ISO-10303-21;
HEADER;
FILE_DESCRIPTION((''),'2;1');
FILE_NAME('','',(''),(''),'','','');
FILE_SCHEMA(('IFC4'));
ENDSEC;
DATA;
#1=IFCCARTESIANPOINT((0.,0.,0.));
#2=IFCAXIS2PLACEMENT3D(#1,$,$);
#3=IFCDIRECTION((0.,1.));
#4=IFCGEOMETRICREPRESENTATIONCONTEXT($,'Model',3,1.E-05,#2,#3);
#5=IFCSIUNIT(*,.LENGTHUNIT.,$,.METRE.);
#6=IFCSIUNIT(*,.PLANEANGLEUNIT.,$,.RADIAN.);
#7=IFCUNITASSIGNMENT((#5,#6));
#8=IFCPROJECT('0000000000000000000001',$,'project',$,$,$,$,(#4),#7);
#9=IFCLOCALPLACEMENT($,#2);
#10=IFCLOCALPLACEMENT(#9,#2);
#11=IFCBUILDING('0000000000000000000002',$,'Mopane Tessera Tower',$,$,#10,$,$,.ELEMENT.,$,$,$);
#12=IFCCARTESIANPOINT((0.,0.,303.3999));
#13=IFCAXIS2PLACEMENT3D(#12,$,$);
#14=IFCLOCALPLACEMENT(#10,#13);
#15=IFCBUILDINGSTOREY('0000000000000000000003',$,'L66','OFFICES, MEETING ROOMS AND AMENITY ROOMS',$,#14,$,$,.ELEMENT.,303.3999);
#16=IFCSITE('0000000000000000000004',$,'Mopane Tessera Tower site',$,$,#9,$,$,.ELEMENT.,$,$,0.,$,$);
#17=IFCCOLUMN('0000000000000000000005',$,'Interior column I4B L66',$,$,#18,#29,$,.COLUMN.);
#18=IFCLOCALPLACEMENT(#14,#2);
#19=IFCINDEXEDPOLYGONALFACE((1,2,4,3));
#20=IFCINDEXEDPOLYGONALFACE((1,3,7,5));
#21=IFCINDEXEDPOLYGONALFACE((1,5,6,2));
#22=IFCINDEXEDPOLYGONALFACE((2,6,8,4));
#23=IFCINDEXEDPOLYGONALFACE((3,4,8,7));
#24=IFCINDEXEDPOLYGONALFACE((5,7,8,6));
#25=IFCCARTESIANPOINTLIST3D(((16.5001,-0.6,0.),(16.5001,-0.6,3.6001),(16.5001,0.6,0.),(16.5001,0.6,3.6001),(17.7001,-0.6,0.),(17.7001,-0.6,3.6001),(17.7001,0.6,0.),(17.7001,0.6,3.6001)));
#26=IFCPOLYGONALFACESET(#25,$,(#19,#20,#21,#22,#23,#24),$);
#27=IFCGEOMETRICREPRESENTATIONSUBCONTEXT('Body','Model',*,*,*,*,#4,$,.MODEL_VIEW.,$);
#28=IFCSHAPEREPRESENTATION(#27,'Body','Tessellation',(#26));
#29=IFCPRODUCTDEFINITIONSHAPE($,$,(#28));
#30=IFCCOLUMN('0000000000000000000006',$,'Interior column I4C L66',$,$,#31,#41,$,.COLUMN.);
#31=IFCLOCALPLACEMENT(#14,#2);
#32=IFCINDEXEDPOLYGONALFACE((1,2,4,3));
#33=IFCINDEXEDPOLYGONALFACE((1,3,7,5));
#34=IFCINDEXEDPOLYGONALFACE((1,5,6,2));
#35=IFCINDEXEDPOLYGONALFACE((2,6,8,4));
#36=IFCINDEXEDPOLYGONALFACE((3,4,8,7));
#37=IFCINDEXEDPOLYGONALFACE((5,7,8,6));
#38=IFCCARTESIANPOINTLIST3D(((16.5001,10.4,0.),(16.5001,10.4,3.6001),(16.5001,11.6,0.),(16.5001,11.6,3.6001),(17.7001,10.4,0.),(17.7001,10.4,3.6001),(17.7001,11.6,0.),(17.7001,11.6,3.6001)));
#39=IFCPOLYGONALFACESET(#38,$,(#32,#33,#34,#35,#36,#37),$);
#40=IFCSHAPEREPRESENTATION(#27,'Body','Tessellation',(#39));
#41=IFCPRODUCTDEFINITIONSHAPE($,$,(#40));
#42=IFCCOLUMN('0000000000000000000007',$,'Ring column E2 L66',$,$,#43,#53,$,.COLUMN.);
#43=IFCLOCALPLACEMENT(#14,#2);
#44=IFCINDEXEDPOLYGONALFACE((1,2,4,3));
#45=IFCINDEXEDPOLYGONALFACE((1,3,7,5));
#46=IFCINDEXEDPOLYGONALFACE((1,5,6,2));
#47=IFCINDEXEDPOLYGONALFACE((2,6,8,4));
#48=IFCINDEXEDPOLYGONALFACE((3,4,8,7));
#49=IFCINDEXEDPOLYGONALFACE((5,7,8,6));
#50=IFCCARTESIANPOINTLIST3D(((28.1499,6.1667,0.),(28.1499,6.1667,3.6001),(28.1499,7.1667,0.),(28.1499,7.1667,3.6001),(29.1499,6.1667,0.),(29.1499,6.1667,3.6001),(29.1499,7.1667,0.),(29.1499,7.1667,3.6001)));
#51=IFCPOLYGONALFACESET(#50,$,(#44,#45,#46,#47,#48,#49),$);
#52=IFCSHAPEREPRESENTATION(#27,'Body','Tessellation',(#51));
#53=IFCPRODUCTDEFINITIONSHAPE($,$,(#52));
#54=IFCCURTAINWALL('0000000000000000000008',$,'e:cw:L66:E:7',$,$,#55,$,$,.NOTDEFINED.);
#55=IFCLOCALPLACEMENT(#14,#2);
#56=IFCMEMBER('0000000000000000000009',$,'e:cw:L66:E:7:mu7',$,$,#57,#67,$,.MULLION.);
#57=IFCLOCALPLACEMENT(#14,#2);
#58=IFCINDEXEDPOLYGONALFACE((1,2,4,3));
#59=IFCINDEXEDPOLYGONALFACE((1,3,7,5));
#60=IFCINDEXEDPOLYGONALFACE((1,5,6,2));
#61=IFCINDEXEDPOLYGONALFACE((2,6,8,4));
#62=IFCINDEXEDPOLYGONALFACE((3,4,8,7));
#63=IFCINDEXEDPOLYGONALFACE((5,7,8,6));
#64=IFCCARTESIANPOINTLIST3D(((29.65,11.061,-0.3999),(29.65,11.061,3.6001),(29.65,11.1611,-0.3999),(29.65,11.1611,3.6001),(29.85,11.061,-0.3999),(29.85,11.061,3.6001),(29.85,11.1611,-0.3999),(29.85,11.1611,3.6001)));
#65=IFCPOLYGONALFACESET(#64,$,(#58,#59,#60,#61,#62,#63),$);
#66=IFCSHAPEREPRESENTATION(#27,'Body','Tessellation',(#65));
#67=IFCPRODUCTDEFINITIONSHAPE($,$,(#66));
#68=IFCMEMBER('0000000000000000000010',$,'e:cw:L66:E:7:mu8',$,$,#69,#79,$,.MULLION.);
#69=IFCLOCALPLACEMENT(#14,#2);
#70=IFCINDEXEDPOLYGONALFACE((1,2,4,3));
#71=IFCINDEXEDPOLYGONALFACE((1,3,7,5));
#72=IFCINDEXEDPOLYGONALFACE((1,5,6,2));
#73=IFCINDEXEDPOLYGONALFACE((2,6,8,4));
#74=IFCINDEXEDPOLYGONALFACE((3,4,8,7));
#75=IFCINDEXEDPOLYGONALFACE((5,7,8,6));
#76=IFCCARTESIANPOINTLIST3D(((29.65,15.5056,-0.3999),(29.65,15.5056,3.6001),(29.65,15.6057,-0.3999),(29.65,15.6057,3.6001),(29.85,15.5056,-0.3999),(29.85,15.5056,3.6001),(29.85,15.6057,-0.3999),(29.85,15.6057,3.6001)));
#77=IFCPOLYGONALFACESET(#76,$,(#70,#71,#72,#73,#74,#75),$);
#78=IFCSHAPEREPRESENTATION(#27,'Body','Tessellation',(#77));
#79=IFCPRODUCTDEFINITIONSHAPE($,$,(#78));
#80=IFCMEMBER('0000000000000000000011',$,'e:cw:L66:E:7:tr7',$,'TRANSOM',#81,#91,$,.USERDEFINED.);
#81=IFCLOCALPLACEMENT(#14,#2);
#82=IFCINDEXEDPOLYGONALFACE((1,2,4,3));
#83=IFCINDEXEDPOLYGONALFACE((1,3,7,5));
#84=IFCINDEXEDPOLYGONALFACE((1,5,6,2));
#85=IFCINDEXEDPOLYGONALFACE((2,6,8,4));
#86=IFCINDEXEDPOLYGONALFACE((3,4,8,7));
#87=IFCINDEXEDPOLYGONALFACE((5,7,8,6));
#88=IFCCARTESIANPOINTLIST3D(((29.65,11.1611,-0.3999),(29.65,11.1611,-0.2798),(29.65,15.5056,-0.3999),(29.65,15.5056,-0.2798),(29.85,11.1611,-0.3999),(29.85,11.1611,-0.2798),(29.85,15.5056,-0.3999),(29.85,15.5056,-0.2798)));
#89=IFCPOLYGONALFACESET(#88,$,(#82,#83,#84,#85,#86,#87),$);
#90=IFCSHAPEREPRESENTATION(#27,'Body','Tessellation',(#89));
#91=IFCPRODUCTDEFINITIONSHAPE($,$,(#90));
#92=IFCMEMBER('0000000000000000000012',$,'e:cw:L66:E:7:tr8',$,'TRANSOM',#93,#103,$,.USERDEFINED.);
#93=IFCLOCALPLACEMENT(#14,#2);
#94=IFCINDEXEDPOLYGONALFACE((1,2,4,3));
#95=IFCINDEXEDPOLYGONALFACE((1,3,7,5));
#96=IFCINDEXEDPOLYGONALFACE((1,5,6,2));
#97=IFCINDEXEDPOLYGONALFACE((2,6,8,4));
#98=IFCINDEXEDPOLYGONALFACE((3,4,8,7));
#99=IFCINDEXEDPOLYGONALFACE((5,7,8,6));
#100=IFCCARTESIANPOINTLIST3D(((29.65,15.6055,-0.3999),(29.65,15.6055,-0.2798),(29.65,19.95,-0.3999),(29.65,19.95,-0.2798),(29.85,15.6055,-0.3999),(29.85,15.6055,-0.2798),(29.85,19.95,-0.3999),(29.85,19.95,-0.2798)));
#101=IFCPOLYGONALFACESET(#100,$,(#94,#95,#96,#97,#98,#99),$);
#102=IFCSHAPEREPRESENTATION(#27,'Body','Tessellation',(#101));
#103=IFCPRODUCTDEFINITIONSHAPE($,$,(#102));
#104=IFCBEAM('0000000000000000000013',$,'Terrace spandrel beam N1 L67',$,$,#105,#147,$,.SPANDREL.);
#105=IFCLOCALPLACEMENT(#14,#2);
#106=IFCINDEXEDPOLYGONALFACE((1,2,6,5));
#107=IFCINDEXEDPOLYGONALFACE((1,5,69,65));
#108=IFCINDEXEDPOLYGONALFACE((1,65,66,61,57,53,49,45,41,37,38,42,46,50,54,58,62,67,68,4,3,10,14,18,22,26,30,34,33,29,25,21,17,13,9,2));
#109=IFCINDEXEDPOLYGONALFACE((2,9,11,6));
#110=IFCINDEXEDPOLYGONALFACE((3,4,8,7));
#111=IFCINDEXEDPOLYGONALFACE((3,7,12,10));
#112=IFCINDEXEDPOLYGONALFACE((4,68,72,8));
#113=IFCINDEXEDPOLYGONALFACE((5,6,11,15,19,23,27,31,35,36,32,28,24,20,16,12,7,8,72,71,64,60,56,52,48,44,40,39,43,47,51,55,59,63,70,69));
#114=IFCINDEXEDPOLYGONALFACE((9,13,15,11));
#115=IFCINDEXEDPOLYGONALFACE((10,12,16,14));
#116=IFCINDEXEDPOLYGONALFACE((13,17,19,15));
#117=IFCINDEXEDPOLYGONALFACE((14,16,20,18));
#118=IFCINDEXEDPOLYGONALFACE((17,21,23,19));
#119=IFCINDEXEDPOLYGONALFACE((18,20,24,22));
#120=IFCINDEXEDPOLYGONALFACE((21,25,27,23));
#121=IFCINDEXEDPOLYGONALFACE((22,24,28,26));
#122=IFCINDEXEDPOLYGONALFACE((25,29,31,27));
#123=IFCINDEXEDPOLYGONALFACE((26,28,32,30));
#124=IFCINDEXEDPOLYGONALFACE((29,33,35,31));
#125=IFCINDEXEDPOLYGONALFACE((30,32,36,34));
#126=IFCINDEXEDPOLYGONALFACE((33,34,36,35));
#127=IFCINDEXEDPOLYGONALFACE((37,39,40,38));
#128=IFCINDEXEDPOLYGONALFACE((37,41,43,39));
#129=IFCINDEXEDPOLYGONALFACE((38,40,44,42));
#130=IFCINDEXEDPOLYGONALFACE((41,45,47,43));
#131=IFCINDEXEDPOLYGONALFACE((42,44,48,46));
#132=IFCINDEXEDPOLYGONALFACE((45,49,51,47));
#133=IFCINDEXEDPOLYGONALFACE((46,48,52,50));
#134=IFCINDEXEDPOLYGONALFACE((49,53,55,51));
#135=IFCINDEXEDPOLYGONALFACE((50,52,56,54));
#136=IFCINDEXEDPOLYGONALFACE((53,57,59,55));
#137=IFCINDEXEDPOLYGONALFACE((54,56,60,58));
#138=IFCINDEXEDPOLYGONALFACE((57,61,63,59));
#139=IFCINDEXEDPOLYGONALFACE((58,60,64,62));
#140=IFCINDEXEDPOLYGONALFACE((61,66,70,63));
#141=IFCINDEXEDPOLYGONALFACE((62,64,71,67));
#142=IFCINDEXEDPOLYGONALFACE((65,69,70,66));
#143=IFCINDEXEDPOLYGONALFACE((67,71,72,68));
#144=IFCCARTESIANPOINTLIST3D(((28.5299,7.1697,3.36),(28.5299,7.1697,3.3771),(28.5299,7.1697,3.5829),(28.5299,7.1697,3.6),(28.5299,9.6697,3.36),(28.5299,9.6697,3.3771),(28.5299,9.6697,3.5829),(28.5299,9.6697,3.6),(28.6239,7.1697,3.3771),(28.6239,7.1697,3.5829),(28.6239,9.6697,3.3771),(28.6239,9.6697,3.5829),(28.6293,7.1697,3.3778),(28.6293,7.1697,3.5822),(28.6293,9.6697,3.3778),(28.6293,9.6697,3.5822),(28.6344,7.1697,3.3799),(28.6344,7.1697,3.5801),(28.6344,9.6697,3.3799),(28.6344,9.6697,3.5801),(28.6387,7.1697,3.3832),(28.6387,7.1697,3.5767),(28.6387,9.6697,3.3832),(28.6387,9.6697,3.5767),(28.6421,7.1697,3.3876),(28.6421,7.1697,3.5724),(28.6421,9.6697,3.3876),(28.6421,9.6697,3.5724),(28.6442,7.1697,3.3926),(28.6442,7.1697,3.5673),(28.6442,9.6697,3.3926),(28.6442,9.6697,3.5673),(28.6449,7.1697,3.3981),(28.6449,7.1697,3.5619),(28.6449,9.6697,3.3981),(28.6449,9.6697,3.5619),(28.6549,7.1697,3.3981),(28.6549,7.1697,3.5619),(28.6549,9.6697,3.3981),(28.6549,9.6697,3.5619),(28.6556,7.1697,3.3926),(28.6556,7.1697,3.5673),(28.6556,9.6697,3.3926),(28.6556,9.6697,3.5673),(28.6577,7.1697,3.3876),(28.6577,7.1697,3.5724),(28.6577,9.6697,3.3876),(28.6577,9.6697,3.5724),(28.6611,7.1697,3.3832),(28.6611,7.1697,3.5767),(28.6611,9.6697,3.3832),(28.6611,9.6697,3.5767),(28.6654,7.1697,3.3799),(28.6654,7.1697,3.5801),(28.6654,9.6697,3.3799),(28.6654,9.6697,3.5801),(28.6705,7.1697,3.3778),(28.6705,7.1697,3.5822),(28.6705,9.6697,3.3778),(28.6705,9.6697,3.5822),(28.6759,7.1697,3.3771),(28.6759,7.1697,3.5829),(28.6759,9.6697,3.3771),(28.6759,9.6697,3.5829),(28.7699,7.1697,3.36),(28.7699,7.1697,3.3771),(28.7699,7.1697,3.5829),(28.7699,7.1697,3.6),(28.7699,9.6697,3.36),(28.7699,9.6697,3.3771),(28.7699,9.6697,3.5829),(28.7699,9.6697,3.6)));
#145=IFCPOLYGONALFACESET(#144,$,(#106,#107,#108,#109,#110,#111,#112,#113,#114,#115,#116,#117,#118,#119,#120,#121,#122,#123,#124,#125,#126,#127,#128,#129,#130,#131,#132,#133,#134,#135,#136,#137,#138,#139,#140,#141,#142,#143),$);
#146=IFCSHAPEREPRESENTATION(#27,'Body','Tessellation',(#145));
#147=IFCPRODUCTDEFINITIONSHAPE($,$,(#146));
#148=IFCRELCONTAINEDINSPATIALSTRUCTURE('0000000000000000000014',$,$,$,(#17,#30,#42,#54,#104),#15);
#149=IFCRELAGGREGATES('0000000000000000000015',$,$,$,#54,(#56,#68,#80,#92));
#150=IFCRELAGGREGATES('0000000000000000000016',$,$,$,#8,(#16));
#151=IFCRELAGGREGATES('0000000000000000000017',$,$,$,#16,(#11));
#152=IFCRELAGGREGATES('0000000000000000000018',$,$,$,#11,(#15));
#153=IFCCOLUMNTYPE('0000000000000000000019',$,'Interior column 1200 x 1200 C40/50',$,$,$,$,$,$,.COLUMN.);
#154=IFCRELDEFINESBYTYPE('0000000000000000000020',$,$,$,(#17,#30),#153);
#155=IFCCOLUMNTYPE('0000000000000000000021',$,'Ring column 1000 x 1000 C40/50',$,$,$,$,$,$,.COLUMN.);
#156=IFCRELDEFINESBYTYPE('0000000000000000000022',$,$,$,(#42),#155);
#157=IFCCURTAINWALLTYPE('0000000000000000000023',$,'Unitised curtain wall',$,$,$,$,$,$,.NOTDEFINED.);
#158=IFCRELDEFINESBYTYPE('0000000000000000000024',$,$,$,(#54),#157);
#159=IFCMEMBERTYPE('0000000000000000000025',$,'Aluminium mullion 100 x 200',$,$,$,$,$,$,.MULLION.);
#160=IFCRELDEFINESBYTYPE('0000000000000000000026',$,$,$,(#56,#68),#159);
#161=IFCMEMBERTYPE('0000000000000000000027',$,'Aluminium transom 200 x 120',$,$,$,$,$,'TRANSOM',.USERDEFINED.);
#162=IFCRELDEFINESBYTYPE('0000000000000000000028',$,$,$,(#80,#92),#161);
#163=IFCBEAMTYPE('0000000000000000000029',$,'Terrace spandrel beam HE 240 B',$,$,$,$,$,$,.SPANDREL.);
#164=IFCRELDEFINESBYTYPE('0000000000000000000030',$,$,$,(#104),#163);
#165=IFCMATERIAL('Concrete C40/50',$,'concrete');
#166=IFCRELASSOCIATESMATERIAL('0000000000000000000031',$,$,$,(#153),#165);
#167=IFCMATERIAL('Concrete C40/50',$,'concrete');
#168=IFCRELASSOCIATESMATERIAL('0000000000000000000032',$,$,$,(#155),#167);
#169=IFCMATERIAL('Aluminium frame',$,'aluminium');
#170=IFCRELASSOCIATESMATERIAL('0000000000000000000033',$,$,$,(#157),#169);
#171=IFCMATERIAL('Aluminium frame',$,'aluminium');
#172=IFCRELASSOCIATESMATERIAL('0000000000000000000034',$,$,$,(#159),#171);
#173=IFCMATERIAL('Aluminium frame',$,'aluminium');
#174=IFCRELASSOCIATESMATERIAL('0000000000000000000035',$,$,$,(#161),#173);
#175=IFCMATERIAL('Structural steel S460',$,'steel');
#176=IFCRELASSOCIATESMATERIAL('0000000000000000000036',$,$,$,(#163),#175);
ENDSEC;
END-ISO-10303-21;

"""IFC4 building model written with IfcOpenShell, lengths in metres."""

from ifc_helpers import new_model, si_unit, direction, frame, origin, origin_2d, place, context, subcontext, project, spatial, rectangle, i_section, extrude, material, material_profile, profile_set, type_object, element, aggregate, save


model = new_model("IFC4")

# Units and contexts
model_context = context("Model", 3, precision=1e-05, world=origin(), true_north=direction((0.0, 1.0)))
body_context = subcontext(model_context, "Body", "Model", "MODEL_VIEW")
ifc_project = project(units=[si_unit("LENGTHUNIT", "METRE"), si_unit("PLANEANGLEUNIT", "RADIAN")], contexts=[model_context])

# Site, building, storey
site_placement = place(None, origin())
site = spatial("IfcSite", under=ifc_project, at=site_placement, Name="Mopane Tessera Tower site", CompositionType="ELEMENT", RefElevation=0.0)
building_placement = place(site_placement, origin())
building = spatial("IfcBuilding", under=site, at=building_placement, Name="Mopane Tessera Tower", CompositionType="ELEMENT")
storey_placement = place(building_placement, frame((0.0, 0.0, 303.3999)))
storey = spatial("IfcBuildingStorey", under=building, at=storey_placement, Name="L66", Description="OFFICES, MEETING ROOMS AND AMENITY ROOMS", CompositionType="ELEMENT", Elevation=303.3999)

# Columns
ifc_material_1 = material(Name="Concrete C40/50", Category="concrete")
ifc_material_profile_1 = material_profile(ifc_material_1, rectangle(XDim=1.2, YDim=1.2, at=origin_2d()))
ifc_profile_set_1 = profile_set([ifc_material_profile_1], Name="Concrete C40/50")
column_type_1 = type_object("IfcColumnType", Name="Interior column 1200 x 1200 C40/50", PredefinedType="COLUMN", material=ifc_profile_set_1)
for number, where, z_axis, x_axis, name in (
    (1, (17.1001, 0.0, 0.0), (0.0, 0.0, 1.0), (1.0, 0.0, 0.0), "Interior column I4B L66"),
    (2, (17.1001, 11.0, 0.0), (0.0, 0.0, 1.0), (1.0, 0.0, 0.0), "Interior column I4C L66"),
):
    element("IfcColumn", number, at=place(storey_placement, frame(where, z_axis=z_axis, x_axis=x_axis)), inside=storey, type_object=column_type_1, Name=name, PredefinedType="COLUMN", context=body_context, shape_type="SweptSolid", body=[
        extrude(rectangle(XDim=1.2, YDim=1.2, at=origin_2d()), origin(), (0.0, 0.0, 1.0), 3.6001),
    ])
ifc_material_2 = material(Name="Concrete C40/50", Category="concrete")
ifc_material_profile_2 = material_profile(ifc_material_2, rectangle(XDim=1.0, YDim=1.0, at=origin_2d()))
ifc_profile_set_2 = profile_set([ifc_material_profile_2], Name="Concrete C40/50")
column_type_2 = type_object("IfcColumnType", Name="Ring column 1000 x 1000 C40/50", PredefinedType="COLUMN", material=ifc_profile_set_2)
column_placement = place(storey_placement, frame((28.6499, 6.6667, 0.0), z_axis=(0.0, 0.0, 1.0), x_axis=(1.0, 0.0, 0.0)))
element("IfcColumn", 3, at=column_placement, inside=storey, type_object=column_type_2, Name="Ring column E2 L66", PredefinedType="COLUMN", context=body_context, shape_type="SweptSolid", body=[
    extrude(rectangle(XDim=1.0, YDim=1.0, at=origin_2d()), origin(), (0.0, 0.0, 1.0), 3.6001),
])

# Curtain wall, members
ifc_material_3 = material(Name="Aluminium frame", Category="aluminium")
curtain_wall_type = type_object("IfcCurtainWallType", Name="Unitised curtain wall", PredefinedType="NOTDEFINED", material=ifc_material_3)
curtain_wall_placement = place(storey_placement, origin())
curtain_wall = element("IfcCurtainWall", 4, at=curtain_wall_placement, inside=storey, type_object=curtain_wall_type, Name="e:cw:L66:E:7", PredefinedType="NOTDEFINED")
ifc_material_4 = material(Name="Aluminium frame", Category="aluminium")
ifc_material_profile_3 = material_profile(ifc_material_4, rectangle(XDim=0.1001, YDim=0.2, at=origin_2d()))
ifc_profile_set_3 = profile_set([ifc_material_profile_3], Name="Aluminium frame")
member_type_1 = type_object("IfcMemberType", Name="Aluminium mullion 100 x 200", PredefinedType="MULLION", material=ifc_profile_set_3)
member_1_placement = place(storey_placement, frame((29.75, 11.1111, -0.3999), z_axis=(0.0, 0.0, 1.0), x_axis=(0.0, 1.0, 0.0)))
member_1 = element("IfcMember", 5, at=member_1_placement, type_object=member_type_1, Name="e:cw:L66:E:7:mu7", PredefinedType="MULLION", context=body_context, shape_type="SweptSolid", body=[
    extrude(rectangle(XDim=0.1001, YDim=0.2, at=origin_2d()), origin(), (0.0, 0.0, 1.0), 4.0),
])
member_2_placement = place(storey_placement, frame((29.75, 15.5557, -0.3999), z_axis=(0.0, 0.0, 1.0), x_axis=(0.0, 1.0, 0.0)))
member_2 = element("IfcMember", 6, at=member_2_placement, type_object=member_type_1, Name="e:cw:L66:E:7:mu8", PredefinedType="MULLION", context=body_context, shape_type="SweptSolid", body=[
    extrude(rectangle(XDim=0.1001, YDim=0.2, at=origin_2d()), origin(), (0.0, 0.0, 1.0), 4.0),
])
ifc_material_5 = material(Name="Aluminium frame", Category="aluminium")
ifc_material_profile_4 = material_profile(ifc_material_5, rectangle(XDim=0.2, YDim=0.1201, at=origin_2d()))
ifc_profile_set_4 = profile_set([ifc_material_profile_4], Name="Aluminium frame")
member_type_2 = type_object("IfcMemberType", Name="Aluminium transom 200 x 120", ElementType="TRANSOM", PredefinedType="USERDEFINED", material=ifc_profile_set_4)
member_3_placement = place(storey_placement, frame((29.75, 11.1611, -0.3398), z_axis=(0.0, 1.0, 0.0), x_axis=(-1.0, 0.0, 0.0)))
member_3 = element("IfcMember", 7, at=member_3_placement, type_object=member_type_2, Name="e:cw:L66:E:7:tr7", ObjectType="TRANSOM", PredefinedType="USERDEFINED", context=body_context, shape_type="SweptSolid", body=[
    extrude(rectangle(XDim=0.2, YDim=0.1201, at=origin_2d()), origin(), (0.0, 0.0, 1.0), 4.3445),
])
member_4_placement = place(storey_placement, frame((29.75, 15.6055, -0.3398), z_axis=(0.0, 1.0, 0.0), x_axis=(-1.0, 0.0, 0.0)))
member_4 = element("IfcMember", 8, at=member_4_placement, type_object=member_type_2, Name="e:cw:L66:E:7:tr8", ObjectType="TRANSOM", PredefinedType="USERDEFINED", context=body_context, shape_type="SweptSolid", body=[
    extrude(rectangle(XDim=0.2, YDim=0.1201, at=origin_2d()), origin(), (0.0, 0.0, 1.0), 4.3445),
])

# Beam
ifc_material_6 = material(Name="Structural steel S460", Category="steel")
ifc_material_profile_5 = material_profile(ifc_material_6, i_section(OverallWidth=0.24, OverallDepth=0.24, WebThickness=0.01, FlangeThickness=0.0171, FilletRadius=0.021, at=origin_2d()))
ifc_profile_set_5 = profile_set([ifc_material_profile_5], Name="Structural steel S460")
beam_type_1 = type_object("IfcBeamType", Name="Terrace spandrel beam HE 240 B", PredefinedType="SPANDREL", material=ifc_profile_set_5)
beam_1_placement = place(storey_placement, frame((28.6499, 7.1697, 3.48), z_axis=(0.0, 1.0, 0.0), x_axis=(-1.0, 0.0, 0.0)))
element("IfcBeam", 9, at=beam_1_placement, inside=storey, type_object=beam_type_1, Name="Terrace spandrel beam N1 L67", PredefinedType="SPANDREL", context=body_context, shape_type="SweptSolid", body=[
    extrude(i_section(OverallWidth=0.24, OverallDepth=0.24, WebThickness=0.01, FlangeThickness=0.0171, FilletRadius=0.021, at=origin_2d()), origin(), (0.0, 0.0, 1.0), 2.5),
])

aggregate(curtain_wall, [member_1, member_2, member_3, member_4])

save(model, "model.ifc")
